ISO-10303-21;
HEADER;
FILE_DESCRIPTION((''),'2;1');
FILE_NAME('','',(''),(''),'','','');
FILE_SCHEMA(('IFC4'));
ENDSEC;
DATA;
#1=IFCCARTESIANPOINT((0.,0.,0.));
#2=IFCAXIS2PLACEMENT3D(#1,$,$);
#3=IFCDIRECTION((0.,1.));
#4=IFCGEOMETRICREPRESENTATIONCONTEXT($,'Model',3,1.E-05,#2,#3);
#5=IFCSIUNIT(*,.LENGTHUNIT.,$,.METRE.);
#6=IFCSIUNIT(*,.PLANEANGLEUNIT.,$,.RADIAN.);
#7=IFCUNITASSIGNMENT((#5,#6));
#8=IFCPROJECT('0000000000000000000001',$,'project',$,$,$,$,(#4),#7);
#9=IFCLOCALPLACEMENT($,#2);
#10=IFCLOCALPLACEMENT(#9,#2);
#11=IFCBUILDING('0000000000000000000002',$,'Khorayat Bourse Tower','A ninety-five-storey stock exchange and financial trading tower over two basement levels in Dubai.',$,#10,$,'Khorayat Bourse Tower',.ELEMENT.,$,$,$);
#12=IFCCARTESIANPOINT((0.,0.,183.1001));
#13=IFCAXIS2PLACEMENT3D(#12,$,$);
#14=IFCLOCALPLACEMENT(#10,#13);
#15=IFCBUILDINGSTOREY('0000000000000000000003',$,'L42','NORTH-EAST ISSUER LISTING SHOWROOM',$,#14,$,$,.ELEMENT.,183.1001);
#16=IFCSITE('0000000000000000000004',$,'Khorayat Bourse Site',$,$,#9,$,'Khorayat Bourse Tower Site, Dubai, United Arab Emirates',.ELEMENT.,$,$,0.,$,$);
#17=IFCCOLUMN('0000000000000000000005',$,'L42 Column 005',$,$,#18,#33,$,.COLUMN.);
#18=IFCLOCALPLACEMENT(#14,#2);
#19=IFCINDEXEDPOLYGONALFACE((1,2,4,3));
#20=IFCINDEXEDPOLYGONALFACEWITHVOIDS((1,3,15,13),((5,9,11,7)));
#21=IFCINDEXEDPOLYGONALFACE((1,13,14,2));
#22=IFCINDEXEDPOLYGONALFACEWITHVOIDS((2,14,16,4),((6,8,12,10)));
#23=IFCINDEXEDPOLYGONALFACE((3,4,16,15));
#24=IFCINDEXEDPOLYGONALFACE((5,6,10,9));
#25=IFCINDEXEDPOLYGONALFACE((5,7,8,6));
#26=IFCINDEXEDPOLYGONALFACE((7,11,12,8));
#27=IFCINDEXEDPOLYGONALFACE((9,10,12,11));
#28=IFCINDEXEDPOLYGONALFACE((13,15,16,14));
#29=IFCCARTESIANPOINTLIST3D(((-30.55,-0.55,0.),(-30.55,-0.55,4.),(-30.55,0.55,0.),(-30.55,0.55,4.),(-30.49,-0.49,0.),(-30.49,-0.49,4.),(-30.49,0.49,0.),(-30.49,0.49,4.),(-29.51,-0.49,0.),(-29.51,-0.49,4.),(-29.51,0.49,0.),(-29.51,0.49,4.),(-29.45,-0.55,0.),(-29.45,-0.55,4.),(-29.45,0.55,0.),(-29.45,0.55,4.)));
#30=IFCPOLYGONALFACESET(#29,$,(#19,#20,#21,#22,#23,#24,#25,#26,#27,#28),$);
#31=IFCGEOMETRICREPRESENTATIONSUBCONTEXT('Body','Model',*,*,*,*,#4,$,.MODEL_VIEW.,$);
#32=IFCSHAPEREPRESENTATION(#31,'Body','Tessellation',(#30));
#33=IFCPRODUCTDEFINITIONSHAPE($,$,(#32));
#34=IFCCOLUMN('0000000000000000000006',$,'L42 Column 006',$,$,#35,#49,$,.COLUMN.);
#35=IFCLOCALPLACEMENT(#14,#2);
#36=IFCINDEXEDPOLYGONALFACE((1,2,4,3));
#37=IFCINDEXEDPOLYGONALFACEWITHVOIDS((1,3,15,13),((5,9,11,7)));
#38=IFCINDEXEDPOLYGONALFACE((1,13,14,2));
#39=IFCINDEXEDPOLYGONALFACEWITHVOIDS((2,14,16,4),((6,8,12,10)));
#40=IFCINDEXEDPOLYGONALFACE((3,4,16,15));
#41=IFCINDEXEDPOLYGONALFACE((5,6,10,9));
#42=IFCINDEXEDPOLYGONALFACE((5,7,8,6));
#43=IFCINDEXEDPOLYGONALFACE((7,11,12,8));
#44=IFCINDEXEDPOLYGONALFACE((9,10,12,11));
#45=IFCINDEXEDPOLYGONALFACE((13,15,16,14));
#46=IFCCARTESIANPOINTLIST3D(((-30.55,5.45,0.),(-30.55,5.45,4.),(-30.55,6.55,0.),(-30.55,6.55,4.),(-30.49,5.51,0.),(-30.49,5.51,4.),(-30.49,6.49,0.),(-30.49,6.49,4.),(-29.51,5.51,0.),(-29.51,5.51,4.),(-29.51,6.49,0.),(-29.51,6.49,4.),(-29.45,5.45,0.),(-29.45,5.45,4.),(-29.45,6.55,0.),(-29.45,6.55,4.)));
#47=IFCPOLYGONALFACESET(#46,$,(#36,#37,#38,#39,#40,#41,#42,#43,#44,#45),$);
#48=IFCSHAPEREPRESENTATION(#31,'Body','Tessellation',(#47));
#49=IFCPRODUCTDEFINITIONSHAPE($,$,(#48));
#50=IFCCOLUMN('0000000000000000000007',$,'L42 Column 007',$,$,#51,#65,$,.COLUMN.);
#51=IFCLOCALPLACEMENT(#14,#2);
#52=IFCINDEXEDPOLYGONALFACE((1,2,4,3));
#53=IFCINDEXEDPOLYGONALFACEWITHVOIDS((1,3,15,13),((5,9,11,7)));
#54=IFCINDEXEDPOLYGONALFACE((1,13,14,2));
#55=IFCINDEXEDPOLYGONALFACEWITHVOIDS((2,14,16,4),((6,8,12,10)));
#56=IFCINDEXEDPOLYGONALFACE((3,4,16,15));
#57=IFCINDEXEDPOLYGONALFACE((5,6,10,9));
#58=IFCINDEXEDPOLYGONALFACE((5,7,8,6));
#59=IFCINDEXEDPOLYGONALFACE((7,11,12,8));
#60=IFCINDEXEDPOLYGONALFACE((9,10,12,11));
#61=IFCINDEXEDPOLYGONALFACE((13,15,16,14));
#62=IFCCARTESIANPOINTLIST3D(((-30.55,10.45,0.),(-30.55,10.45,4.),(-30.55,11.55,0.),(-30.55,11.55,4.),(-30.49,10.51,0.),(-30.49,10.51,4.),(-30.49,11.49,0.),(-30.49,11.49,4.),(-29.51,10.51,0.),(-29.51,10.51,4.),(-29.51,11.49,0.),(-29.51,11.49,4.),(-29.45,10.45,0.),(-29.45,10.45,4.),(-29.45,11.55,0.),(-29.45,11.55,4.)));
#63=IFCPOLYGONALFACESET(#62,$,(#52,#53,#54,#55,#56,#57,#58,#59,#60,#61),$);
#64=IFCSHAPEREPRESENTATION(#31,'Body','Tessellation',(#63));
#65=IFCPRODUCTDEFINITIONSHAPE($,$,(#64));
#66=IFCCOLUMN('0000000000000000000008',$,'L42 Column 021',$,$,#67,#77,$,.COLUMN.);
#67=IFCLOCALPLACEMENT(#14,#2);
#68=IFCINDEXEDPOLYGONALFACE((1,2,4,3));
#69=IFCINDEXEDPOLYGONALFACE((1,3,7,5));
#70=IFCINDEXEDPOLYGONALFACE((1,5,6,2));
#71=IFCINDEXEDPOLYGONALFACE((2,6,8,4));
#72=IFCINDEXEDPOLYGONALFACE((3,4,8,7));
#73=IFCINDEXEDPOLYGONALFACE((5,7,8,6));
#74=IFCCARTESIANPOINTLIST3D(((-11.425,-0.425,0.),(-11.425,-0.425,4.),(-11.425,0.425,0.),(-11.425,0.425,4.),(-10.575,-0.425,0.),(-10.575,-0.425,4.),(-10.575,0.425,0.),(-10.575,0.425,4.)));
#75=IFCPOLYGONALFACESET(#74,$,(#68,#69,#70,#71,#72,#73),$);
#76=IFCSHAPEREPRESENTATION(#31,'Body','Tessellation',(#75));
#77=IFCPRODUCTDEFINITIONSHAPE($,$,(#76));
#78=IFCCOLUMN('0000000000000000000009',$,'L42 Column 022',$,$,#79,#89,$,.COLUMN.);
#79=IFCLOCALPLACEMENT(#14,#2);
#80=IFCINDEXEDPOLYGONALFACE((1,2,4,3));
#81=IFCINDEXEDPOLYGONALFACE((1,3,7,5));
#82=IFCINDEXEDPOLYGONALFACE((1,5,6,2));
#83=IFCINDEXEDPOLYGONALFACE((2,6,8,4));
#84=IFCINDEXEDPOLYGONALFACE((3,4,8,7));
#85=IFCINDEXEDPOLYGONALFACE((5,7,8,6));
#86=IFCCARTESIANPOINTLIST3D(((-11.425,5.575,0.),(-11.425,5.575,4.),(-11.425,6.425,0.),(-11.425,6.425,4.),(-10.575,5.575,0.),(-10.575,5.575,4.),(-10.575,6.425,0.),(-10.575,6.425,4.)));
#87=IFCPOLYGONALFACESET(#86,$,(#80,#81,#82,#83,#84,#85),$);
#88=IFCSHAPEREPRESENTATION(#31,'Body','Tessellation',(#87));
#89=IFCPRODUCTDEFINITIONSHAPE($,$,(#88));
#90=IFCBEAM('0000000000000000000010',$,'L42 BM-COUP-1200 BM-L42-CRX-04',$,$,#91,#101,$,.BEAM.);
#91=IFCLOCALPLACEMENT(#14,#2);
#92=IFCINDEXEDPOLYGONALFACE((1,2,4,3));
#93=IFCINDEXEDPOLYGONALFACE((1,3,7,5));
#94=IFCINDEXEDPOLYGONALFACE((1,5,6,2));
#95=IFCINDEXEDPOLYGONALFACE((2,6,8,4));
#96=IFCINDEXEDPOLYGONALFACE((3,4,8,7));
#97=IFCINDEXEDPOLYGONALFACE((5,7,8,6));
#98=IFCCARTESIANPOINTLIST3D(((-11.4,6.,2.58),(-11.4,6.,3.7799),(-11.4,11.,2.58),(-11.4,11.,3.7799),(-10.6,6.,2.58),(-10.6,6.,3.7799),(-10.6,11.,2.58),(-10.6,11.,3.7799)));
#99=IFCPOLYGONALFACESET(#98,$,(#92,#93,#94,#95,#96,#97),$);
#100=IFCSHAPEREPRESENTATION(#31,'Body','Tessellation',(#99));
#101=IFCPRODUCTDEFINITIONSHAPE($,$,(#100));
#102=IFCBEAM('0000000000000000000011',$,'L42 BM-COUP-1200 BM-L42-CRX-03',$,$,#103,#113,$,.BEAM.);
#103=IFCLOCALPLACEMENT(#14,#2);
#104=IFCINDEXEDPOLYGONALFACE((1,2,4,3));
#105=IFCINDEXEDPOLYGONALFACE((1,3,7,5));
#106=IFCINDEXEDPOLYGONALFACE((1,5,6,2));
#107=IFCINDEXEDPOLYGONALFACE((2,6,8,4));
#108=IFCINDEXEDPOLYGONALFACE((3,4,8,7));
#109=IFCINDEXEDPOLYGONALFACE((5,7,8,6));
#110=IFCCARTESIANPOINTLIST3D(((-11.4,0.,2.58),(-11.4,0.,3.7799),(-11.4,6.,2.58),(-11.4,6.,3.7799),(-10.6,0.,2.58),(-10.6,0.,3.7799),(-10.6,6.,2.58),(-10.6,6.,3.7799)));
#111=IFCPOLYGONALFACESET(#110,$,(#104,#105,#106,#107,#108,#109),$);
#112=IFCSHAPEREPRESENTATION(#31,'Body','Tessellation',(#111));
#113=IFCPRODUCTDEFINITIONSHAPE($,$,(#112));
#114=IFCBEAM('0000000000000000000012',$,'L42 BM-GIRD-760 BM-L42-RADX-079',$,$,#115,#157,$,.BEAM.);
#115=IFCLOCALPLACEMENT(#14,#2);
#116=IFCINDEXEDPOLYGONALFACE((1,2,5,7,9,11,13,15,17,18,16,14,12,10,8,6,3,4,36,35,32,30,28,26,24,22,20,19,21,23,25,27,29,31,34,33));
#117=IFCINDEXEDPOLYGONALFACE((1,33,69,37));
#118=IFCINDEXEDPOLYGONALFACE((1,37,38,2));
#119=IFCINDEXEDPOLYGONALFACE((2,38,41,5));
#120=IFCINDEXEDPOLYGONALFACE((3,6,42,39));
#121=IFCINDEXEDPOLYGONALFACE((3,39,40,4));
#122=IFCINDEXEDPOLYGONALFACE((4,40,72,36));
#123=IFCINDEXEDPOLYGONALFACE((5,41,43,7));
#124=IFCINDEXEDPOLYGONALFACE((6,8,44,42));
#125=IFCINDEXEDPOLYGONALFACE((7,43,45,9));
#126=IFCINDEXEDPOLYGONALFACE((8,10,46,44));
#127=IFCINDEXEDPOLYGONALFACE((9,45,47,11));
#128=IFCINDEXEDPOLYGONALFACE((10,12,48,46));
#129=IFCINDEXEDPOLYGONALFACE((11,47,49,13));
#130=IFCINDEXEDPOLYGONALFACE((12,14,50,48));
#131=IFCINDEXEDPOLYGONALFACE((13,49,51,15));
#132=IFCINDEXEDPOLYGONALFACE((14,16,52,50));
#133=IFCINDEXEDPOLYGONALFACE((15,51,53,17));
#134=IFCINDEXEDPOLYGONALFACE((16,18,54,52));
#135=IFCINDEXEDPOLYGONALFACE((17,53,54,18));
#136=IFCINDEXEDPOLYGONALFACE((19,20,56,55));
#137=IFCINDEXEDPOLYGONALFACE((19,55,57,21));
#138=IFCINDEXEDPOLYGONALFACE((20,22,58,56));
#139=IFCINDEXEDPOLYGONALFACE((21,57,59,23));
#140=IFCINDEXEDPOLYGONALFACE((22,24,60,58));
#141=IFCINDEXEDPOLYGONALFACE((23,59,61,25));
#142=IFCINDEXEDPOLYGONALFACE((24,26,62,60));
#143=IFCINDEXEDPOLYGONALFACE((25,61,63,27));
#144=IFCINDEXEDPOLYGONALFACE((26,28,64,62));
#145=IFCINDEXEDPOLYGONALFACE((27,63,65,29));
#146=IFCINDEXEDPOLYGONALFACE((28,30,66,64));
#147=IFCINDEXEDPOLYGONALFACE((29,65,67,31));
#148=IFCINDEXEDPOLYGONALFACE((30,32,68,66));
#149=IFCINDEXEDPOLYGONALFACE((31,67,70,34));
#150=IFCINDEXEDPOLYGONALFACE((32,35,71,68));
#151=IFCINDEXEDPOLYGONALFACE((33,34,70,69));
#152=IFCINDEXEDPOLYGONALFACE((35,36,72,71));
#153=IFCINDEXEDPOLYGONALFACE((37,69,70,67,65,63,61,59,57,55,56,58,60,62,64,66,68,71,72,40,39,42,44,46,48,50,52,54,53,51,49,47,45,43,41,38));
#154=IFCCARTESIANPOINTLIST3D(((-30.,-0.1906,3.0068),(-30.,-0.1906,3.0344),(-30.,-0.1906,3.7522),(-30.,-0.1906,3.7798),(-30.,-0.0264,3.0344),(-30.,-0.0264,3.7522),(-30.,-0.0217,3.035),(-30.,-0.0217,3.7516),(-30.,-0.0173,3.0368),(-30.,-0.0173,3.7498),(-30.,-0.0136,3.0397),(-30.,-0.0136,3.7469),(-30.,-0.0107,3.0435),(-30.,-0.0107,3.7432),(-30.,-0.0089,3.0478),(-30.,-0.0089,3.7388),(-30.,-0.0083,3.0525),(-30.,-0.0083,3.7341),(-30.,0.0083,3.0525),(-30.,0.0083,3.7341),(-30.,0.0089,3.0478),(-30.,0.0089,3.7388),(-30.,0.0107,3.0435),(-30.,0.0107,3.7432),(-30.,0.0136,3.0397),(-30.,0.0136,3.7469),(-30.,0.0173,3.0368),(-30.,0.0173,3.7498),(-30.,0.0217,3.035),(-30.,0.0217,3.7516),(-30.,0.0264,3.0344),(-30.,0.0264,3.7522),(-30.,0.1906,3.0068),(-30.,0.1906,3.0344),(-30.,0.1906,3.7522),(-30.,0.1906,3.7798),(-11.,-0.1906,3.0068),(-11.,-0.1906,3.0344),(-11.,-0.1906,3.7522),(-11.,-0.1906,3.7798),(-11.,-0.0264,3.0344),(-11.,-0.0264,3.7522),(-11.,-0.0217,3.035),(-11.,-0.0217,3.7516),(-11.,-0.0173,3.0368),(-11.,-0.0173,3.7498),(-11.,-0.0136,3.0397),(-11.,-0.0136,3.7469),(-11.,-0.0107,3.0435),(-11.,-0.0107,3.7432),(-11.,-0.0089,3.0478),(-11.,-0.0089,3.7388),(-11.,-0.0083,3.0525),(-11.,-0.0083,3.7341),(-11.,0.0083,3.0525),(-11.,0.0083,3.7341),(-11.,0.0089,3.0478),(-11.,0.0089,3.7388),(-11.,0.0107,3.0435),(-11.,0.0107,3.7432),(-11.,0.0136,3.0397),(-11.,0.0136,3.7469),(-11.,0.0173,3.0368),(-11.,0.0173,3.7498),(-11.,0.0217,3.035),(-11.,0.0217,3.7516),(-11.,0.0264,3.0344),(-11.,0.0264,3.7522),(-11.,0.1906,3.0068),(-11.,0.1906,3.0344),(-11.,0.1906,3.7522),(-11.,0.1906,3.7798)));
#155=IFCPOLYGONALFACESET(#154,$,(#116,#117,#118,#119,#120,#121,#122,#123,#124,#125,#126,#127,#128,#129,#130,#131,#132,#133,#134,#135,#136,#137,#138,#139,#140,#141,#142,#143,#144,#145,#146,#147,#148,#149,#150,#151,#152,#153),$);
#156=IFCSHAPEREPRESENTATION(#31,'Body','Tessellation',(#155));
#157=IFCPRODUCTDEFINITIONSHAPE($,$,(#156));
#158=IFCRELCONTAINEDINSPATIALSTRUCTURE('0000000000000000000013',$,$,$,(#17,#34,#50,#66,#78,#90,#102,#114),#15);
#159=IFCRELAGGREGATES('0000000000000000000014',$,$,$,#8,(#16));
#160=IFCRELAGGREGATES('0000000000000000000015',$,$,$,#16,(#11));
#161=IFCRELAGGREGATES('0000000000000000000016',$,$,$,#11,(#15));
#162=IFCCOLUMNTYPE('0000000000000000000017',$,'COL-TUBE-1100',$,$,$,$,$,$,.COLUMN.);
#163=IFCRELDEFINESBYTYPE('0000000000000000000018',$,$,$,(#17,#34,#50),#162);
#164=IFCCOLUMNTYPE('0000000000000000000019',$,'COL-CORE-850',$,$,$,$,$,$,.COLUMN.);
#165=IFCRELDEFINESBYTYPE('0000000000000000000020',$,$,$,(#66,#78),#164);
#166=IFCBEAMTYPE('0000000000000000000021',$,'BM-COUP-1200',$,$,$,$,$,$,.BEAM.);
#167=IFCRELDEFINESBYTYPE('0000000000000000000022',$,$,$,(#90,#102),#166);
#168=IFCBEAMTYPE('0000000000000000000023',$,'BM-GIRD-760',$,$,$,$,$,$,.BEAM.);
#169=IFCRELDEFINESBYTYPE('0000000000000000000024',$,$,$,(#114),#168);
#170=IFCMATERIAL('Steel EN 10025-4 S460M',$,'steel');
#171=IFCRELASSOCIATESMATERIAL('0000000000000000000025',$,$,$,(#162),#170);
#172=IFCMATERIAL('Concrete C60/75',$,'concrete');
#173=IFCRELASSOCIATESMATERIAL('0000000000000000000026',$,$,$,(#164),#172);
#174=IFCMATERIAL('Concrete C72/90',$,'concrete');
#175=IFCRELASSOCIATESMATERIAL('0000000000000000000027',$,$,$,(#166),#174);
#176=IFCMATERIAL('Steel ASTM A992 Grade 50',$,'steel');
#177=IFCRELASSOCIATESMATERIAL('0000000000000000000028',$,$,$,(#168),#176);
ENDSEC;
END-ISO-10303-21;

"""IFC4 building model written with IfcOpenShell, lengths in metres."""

from ifc_helpers import new_model, si_unit, direction, frame, origin, origin_2d, place, context, subcontext, project, spatial, rectangle, hollow_rectangle, i_section, extrude, source, transform, mapped, material, material_profile, profile_set, type_object, element, save


model = new_model("IFC4")

# Units and contexts
model_context = context("Model", 3, precision=1e-05, world=origin(), true_north=direction((0.0, 1.0)))
body_context = subcontext(model_context, "Body", "Model", "MODEL_VIEW")
ifc_project = project(units=[si_unit("LENGTHUNIT", "METRE"), si_unit("PLANEANGLEUNIT", "RADIAN")], contexts=[model_context])

# Site, building, storey
site_placement = place(None, origin())
site = spatial("IfcSite", under=ifc_project, at=site_placement, Name="Khorayat Bourse Site", LongName="Khorayat Bourse Tower Site, Dubai, United Arab Emirates", CompositionType="ELEMENT", RefElevation=0.0)
building_placement = place(site_placement, origin())
building = spatial("IfcBuilding", under=site, at=building_placement, Name="Khorayat Bourse Tower", Description="A ninety-five-storey stock exchange and financial trading tower over two basement levels in Dubai.", LongName="Khorayat Bourse Tower", CompositionType="ELEMENT")
storey_placement = place(building_placement, frame((0.0, 0.0, 183.1001)))
storey = spatial("IfcBuildingStorey", under=building, at=storey_placement, Name="L42", Description="NORTH-EAST ISSUER LISTING SHOWROOM", CompositionType="ELEMENT", Elevation=183.1001)

# Columns
ifc_material_1 = material(Name="Steel EN 10025-4 S460M", Category="steel")
ifc_material_profile_1 = material_profile(ifc_material_1, hollow_rectangle(XDim=1.1001, YDim=1.1001, WallThickness=0.0601, at=origin_2d()), Name="BOX 1100x1100x60")
ifc_profile_set_1 = profile_set([ifc_material_profile_1], Name="Steel EN 10025-4 S460M")
column_type_1 = type_object("IfcColumnType", Name="COL-TUBE-1100", PredefinedType="COLUMN", material=ifc_profile_set_1)
shared_shape_1 = source(origin(), body_context, "Body", "SweptSolid", [
    extrude(hollow_rectangle(XDim=1.1001, YDim=1.1001, WallThickness=0.0601, at=origin_2d()), origin(), (0.0, 0.0, 1.0), 4.0),
])
for number, where, z_axis, x_axis, name in (
    (1, (-30.0, 0.0, 0.0), (0.0, 0.0, 1.0), (1.0, 0.0, 0.0), "L42 Column 005"),
    (2, (-30.0, 6.0, 0.0), (0.0, 0.0, 1.0), (1.0, 0.0, 0.0), "L42 Column 006"),
    (3, (-30.0, 11.0, 0.0), (0.0, 0.0, 1.0), (1.0, 0.0, 0.0), "L42 Column 007"),
):
    element("IfcColumn", number, at=place(storey_placement, frame(where, z_axis=z_axis, x_axis=x_axis)), inside=storey, type_object=column_type_1, Name=name, PredefinedType="COLUMN", context=body_context, shape_type="MappedRepresentation", body=[
        mapped(shared_shape_1, transform((0.0, 0.0, 0.0), scale=1.0)),
    ])
ifc_material_2 = material(Name="Concrete C60/75", Category="concrete")
ifc_material_profile_2 = material_profile(ifc_material_2, rectangle(XDim=0.8501, YDim=0.8501, at=origin_2d()), Name="RC 850x850")
ifc_profile_set_2 = profile_set([ifc_material_profile_2], Name="Concrete C60/75")
column_type_2 = type_object("IfcColumnType", Name="COL-CORE-850", PredefinedType="COLUMN", material=ifc_profile_set_2)
shared_shape_2 = source(origin(), body_context, "Body", "SweptSolid", [
    extrude(rectangle(XDim=0.8501, YDim=0.8501, at=origin_2d()), origin(), (0.0, 0.0, 1.0), 4.0),
])
for number, where, z_axis, x_axis, name in (
    (4, (-11.0, 0.0, 0.0), (0.0, 0.0, 1.0), (1.0, 0.0, 0.0), "L42 Column 021"),
    (5, (-11.0, 6.0, 0.0), (0.0, 0.0, 1.0), (1.0, 0.0, 0.0), "L42 Column 022"),
):
    element("IfcColumn", number, at=place(storey_placement, frame(where, z_axis=z_axis, x_axis=x_axis)), inside=storey, type_object=column_type_2, Name=name, PredefinedType="COLUMN", context=body_context, shape_type="MappedRepresentation", body=[
        mapped(shared_shape_2, transform((0.0, 0.0, 0.0), scale=1.0)),
    ])

# Beams
ifc_material_3 = material(Name="Concrete C72/90", Category="concrete")
ifc_material_profile_3 = material_profile(ifc_material_3, rectangle(XDim=0.8, YDim=1.2, at=origin_2d()), Name="RC 800x1200")
ifc_profile_set_3 = profile_set([ifc_material_profile_3], Name="Concrete C72/90")
beam_type_1 = type_object("IfcBeamType", Name="BM-COUP-1200", PredefinedType="BEAM", material=ifc_profile_set_3)
shared_shape_3 = source(origin(), body_context, "Body", "SweptSolid", [
    extrude(rectangle(XDim=0.8, YDim=1.2, at=origin_2d()), origin(), (0.0, 0.0, 1.0), 5.0),
])
beam_1_placement = place(storey_placement, frame((-11.0, 6.0, 3.1799), z_axis=(0.0, 1.0, 0.0), x_axis=(-1.0, 0.0, 0.0)))
element("IfcBeam", 6, at=beam_1_placement, inside=storey, type_object=beam_type_1, Name="L42 BM-COUP-1200 BM-L42-CRX-04", PredefinedType="BEAM", context=body_context, shape_type="MappedRepresentation", body=[
    mapped(shared_shape_3, transform((0.0, 0.0, 0.0), scale=1.0)),
])
shared_shape_4 = source(origin(), body_context, "Body", "SweptSolid", [
    extrude(rectangle(XDim=0.8, YDim=1.2, at=origin_2d()), origin(), (0.0, 0.0, 1.0), 6.0),
])
beam_2_placement = place(storey_placement, frame((-11.0, 0.0, 3.1799), z_axis=(0.0, 1.0, 0.0), x_axis=(-1.0, 0.0, 0.0)))
element("IfcBeam", 7, at=beam_2_placement, inside=storey, type_object=beam_type_1, Name="L42 BM-COUP-1200 BM-L42-CRX-03", PredefinedType="BEAM", context=body_context, shape_type="MappedRepresentation", body=[
    mapped(shared_shape_4, transform((0.0, 0.0, 0.0), scale=1.0)),
])
ifc_material_4 = material(Name="Steel ASTM A992 Grade 50", Category="steel")
ifc_material_profile_4 = material_profile(ifc_material_4, i_section(OverallWidth=0.3811, OverallDepth=0.7729, WebThickness=0.0166, FlangeThickness=0.0276, FilletRadius=0.0181, at=origin_2d()), Name="W760X257")
ifc_profile_set_4 = profile_set([ifc_material_profile_4], Name="Steel ASTM A992 Grade 50")
beam_type_2 = type_object("IfcBeamType", Name="BM-GIRD-760", PredefinedType="BEAM", material=ifc_profile_set_4)
shared_shape_5 = source(origin(), body_context, "Body", "SweptSolid", [
    extrude(i_section(OverallWidth=0.3811, OverallDepth=0.7729, WebThickness=0.0166, FlangeThickness=0.0276, FilletRadius=0.0181, at=origin_2d()), origin(), (0.0, 0.0, 1.0), 19.0),
])
for number, where, z_axis, x_axis, name in (
    (8, (-30.0, 0.0, 3.3933), (1.0, 0.0, 0.0), (0.0, 1.0, 0.0), "L42 BM-GIRD-760 BM-L42-RADX-079"),
):
    element("IfcBeam", number, at=place(storey_placement, frame(where, z_axis=z_axis, x_axis=x_axis)), inside=storey, type_object=beam_type_2, Name=name, PredefinedType="BEAM", context=body_context, shape_type="MappedRepresentation", body=[
        mapped(shared_shape_5, transform((0.0, 0.0, 0.0), scale=1.0)),
    ])

save(model, "model.ifc")
